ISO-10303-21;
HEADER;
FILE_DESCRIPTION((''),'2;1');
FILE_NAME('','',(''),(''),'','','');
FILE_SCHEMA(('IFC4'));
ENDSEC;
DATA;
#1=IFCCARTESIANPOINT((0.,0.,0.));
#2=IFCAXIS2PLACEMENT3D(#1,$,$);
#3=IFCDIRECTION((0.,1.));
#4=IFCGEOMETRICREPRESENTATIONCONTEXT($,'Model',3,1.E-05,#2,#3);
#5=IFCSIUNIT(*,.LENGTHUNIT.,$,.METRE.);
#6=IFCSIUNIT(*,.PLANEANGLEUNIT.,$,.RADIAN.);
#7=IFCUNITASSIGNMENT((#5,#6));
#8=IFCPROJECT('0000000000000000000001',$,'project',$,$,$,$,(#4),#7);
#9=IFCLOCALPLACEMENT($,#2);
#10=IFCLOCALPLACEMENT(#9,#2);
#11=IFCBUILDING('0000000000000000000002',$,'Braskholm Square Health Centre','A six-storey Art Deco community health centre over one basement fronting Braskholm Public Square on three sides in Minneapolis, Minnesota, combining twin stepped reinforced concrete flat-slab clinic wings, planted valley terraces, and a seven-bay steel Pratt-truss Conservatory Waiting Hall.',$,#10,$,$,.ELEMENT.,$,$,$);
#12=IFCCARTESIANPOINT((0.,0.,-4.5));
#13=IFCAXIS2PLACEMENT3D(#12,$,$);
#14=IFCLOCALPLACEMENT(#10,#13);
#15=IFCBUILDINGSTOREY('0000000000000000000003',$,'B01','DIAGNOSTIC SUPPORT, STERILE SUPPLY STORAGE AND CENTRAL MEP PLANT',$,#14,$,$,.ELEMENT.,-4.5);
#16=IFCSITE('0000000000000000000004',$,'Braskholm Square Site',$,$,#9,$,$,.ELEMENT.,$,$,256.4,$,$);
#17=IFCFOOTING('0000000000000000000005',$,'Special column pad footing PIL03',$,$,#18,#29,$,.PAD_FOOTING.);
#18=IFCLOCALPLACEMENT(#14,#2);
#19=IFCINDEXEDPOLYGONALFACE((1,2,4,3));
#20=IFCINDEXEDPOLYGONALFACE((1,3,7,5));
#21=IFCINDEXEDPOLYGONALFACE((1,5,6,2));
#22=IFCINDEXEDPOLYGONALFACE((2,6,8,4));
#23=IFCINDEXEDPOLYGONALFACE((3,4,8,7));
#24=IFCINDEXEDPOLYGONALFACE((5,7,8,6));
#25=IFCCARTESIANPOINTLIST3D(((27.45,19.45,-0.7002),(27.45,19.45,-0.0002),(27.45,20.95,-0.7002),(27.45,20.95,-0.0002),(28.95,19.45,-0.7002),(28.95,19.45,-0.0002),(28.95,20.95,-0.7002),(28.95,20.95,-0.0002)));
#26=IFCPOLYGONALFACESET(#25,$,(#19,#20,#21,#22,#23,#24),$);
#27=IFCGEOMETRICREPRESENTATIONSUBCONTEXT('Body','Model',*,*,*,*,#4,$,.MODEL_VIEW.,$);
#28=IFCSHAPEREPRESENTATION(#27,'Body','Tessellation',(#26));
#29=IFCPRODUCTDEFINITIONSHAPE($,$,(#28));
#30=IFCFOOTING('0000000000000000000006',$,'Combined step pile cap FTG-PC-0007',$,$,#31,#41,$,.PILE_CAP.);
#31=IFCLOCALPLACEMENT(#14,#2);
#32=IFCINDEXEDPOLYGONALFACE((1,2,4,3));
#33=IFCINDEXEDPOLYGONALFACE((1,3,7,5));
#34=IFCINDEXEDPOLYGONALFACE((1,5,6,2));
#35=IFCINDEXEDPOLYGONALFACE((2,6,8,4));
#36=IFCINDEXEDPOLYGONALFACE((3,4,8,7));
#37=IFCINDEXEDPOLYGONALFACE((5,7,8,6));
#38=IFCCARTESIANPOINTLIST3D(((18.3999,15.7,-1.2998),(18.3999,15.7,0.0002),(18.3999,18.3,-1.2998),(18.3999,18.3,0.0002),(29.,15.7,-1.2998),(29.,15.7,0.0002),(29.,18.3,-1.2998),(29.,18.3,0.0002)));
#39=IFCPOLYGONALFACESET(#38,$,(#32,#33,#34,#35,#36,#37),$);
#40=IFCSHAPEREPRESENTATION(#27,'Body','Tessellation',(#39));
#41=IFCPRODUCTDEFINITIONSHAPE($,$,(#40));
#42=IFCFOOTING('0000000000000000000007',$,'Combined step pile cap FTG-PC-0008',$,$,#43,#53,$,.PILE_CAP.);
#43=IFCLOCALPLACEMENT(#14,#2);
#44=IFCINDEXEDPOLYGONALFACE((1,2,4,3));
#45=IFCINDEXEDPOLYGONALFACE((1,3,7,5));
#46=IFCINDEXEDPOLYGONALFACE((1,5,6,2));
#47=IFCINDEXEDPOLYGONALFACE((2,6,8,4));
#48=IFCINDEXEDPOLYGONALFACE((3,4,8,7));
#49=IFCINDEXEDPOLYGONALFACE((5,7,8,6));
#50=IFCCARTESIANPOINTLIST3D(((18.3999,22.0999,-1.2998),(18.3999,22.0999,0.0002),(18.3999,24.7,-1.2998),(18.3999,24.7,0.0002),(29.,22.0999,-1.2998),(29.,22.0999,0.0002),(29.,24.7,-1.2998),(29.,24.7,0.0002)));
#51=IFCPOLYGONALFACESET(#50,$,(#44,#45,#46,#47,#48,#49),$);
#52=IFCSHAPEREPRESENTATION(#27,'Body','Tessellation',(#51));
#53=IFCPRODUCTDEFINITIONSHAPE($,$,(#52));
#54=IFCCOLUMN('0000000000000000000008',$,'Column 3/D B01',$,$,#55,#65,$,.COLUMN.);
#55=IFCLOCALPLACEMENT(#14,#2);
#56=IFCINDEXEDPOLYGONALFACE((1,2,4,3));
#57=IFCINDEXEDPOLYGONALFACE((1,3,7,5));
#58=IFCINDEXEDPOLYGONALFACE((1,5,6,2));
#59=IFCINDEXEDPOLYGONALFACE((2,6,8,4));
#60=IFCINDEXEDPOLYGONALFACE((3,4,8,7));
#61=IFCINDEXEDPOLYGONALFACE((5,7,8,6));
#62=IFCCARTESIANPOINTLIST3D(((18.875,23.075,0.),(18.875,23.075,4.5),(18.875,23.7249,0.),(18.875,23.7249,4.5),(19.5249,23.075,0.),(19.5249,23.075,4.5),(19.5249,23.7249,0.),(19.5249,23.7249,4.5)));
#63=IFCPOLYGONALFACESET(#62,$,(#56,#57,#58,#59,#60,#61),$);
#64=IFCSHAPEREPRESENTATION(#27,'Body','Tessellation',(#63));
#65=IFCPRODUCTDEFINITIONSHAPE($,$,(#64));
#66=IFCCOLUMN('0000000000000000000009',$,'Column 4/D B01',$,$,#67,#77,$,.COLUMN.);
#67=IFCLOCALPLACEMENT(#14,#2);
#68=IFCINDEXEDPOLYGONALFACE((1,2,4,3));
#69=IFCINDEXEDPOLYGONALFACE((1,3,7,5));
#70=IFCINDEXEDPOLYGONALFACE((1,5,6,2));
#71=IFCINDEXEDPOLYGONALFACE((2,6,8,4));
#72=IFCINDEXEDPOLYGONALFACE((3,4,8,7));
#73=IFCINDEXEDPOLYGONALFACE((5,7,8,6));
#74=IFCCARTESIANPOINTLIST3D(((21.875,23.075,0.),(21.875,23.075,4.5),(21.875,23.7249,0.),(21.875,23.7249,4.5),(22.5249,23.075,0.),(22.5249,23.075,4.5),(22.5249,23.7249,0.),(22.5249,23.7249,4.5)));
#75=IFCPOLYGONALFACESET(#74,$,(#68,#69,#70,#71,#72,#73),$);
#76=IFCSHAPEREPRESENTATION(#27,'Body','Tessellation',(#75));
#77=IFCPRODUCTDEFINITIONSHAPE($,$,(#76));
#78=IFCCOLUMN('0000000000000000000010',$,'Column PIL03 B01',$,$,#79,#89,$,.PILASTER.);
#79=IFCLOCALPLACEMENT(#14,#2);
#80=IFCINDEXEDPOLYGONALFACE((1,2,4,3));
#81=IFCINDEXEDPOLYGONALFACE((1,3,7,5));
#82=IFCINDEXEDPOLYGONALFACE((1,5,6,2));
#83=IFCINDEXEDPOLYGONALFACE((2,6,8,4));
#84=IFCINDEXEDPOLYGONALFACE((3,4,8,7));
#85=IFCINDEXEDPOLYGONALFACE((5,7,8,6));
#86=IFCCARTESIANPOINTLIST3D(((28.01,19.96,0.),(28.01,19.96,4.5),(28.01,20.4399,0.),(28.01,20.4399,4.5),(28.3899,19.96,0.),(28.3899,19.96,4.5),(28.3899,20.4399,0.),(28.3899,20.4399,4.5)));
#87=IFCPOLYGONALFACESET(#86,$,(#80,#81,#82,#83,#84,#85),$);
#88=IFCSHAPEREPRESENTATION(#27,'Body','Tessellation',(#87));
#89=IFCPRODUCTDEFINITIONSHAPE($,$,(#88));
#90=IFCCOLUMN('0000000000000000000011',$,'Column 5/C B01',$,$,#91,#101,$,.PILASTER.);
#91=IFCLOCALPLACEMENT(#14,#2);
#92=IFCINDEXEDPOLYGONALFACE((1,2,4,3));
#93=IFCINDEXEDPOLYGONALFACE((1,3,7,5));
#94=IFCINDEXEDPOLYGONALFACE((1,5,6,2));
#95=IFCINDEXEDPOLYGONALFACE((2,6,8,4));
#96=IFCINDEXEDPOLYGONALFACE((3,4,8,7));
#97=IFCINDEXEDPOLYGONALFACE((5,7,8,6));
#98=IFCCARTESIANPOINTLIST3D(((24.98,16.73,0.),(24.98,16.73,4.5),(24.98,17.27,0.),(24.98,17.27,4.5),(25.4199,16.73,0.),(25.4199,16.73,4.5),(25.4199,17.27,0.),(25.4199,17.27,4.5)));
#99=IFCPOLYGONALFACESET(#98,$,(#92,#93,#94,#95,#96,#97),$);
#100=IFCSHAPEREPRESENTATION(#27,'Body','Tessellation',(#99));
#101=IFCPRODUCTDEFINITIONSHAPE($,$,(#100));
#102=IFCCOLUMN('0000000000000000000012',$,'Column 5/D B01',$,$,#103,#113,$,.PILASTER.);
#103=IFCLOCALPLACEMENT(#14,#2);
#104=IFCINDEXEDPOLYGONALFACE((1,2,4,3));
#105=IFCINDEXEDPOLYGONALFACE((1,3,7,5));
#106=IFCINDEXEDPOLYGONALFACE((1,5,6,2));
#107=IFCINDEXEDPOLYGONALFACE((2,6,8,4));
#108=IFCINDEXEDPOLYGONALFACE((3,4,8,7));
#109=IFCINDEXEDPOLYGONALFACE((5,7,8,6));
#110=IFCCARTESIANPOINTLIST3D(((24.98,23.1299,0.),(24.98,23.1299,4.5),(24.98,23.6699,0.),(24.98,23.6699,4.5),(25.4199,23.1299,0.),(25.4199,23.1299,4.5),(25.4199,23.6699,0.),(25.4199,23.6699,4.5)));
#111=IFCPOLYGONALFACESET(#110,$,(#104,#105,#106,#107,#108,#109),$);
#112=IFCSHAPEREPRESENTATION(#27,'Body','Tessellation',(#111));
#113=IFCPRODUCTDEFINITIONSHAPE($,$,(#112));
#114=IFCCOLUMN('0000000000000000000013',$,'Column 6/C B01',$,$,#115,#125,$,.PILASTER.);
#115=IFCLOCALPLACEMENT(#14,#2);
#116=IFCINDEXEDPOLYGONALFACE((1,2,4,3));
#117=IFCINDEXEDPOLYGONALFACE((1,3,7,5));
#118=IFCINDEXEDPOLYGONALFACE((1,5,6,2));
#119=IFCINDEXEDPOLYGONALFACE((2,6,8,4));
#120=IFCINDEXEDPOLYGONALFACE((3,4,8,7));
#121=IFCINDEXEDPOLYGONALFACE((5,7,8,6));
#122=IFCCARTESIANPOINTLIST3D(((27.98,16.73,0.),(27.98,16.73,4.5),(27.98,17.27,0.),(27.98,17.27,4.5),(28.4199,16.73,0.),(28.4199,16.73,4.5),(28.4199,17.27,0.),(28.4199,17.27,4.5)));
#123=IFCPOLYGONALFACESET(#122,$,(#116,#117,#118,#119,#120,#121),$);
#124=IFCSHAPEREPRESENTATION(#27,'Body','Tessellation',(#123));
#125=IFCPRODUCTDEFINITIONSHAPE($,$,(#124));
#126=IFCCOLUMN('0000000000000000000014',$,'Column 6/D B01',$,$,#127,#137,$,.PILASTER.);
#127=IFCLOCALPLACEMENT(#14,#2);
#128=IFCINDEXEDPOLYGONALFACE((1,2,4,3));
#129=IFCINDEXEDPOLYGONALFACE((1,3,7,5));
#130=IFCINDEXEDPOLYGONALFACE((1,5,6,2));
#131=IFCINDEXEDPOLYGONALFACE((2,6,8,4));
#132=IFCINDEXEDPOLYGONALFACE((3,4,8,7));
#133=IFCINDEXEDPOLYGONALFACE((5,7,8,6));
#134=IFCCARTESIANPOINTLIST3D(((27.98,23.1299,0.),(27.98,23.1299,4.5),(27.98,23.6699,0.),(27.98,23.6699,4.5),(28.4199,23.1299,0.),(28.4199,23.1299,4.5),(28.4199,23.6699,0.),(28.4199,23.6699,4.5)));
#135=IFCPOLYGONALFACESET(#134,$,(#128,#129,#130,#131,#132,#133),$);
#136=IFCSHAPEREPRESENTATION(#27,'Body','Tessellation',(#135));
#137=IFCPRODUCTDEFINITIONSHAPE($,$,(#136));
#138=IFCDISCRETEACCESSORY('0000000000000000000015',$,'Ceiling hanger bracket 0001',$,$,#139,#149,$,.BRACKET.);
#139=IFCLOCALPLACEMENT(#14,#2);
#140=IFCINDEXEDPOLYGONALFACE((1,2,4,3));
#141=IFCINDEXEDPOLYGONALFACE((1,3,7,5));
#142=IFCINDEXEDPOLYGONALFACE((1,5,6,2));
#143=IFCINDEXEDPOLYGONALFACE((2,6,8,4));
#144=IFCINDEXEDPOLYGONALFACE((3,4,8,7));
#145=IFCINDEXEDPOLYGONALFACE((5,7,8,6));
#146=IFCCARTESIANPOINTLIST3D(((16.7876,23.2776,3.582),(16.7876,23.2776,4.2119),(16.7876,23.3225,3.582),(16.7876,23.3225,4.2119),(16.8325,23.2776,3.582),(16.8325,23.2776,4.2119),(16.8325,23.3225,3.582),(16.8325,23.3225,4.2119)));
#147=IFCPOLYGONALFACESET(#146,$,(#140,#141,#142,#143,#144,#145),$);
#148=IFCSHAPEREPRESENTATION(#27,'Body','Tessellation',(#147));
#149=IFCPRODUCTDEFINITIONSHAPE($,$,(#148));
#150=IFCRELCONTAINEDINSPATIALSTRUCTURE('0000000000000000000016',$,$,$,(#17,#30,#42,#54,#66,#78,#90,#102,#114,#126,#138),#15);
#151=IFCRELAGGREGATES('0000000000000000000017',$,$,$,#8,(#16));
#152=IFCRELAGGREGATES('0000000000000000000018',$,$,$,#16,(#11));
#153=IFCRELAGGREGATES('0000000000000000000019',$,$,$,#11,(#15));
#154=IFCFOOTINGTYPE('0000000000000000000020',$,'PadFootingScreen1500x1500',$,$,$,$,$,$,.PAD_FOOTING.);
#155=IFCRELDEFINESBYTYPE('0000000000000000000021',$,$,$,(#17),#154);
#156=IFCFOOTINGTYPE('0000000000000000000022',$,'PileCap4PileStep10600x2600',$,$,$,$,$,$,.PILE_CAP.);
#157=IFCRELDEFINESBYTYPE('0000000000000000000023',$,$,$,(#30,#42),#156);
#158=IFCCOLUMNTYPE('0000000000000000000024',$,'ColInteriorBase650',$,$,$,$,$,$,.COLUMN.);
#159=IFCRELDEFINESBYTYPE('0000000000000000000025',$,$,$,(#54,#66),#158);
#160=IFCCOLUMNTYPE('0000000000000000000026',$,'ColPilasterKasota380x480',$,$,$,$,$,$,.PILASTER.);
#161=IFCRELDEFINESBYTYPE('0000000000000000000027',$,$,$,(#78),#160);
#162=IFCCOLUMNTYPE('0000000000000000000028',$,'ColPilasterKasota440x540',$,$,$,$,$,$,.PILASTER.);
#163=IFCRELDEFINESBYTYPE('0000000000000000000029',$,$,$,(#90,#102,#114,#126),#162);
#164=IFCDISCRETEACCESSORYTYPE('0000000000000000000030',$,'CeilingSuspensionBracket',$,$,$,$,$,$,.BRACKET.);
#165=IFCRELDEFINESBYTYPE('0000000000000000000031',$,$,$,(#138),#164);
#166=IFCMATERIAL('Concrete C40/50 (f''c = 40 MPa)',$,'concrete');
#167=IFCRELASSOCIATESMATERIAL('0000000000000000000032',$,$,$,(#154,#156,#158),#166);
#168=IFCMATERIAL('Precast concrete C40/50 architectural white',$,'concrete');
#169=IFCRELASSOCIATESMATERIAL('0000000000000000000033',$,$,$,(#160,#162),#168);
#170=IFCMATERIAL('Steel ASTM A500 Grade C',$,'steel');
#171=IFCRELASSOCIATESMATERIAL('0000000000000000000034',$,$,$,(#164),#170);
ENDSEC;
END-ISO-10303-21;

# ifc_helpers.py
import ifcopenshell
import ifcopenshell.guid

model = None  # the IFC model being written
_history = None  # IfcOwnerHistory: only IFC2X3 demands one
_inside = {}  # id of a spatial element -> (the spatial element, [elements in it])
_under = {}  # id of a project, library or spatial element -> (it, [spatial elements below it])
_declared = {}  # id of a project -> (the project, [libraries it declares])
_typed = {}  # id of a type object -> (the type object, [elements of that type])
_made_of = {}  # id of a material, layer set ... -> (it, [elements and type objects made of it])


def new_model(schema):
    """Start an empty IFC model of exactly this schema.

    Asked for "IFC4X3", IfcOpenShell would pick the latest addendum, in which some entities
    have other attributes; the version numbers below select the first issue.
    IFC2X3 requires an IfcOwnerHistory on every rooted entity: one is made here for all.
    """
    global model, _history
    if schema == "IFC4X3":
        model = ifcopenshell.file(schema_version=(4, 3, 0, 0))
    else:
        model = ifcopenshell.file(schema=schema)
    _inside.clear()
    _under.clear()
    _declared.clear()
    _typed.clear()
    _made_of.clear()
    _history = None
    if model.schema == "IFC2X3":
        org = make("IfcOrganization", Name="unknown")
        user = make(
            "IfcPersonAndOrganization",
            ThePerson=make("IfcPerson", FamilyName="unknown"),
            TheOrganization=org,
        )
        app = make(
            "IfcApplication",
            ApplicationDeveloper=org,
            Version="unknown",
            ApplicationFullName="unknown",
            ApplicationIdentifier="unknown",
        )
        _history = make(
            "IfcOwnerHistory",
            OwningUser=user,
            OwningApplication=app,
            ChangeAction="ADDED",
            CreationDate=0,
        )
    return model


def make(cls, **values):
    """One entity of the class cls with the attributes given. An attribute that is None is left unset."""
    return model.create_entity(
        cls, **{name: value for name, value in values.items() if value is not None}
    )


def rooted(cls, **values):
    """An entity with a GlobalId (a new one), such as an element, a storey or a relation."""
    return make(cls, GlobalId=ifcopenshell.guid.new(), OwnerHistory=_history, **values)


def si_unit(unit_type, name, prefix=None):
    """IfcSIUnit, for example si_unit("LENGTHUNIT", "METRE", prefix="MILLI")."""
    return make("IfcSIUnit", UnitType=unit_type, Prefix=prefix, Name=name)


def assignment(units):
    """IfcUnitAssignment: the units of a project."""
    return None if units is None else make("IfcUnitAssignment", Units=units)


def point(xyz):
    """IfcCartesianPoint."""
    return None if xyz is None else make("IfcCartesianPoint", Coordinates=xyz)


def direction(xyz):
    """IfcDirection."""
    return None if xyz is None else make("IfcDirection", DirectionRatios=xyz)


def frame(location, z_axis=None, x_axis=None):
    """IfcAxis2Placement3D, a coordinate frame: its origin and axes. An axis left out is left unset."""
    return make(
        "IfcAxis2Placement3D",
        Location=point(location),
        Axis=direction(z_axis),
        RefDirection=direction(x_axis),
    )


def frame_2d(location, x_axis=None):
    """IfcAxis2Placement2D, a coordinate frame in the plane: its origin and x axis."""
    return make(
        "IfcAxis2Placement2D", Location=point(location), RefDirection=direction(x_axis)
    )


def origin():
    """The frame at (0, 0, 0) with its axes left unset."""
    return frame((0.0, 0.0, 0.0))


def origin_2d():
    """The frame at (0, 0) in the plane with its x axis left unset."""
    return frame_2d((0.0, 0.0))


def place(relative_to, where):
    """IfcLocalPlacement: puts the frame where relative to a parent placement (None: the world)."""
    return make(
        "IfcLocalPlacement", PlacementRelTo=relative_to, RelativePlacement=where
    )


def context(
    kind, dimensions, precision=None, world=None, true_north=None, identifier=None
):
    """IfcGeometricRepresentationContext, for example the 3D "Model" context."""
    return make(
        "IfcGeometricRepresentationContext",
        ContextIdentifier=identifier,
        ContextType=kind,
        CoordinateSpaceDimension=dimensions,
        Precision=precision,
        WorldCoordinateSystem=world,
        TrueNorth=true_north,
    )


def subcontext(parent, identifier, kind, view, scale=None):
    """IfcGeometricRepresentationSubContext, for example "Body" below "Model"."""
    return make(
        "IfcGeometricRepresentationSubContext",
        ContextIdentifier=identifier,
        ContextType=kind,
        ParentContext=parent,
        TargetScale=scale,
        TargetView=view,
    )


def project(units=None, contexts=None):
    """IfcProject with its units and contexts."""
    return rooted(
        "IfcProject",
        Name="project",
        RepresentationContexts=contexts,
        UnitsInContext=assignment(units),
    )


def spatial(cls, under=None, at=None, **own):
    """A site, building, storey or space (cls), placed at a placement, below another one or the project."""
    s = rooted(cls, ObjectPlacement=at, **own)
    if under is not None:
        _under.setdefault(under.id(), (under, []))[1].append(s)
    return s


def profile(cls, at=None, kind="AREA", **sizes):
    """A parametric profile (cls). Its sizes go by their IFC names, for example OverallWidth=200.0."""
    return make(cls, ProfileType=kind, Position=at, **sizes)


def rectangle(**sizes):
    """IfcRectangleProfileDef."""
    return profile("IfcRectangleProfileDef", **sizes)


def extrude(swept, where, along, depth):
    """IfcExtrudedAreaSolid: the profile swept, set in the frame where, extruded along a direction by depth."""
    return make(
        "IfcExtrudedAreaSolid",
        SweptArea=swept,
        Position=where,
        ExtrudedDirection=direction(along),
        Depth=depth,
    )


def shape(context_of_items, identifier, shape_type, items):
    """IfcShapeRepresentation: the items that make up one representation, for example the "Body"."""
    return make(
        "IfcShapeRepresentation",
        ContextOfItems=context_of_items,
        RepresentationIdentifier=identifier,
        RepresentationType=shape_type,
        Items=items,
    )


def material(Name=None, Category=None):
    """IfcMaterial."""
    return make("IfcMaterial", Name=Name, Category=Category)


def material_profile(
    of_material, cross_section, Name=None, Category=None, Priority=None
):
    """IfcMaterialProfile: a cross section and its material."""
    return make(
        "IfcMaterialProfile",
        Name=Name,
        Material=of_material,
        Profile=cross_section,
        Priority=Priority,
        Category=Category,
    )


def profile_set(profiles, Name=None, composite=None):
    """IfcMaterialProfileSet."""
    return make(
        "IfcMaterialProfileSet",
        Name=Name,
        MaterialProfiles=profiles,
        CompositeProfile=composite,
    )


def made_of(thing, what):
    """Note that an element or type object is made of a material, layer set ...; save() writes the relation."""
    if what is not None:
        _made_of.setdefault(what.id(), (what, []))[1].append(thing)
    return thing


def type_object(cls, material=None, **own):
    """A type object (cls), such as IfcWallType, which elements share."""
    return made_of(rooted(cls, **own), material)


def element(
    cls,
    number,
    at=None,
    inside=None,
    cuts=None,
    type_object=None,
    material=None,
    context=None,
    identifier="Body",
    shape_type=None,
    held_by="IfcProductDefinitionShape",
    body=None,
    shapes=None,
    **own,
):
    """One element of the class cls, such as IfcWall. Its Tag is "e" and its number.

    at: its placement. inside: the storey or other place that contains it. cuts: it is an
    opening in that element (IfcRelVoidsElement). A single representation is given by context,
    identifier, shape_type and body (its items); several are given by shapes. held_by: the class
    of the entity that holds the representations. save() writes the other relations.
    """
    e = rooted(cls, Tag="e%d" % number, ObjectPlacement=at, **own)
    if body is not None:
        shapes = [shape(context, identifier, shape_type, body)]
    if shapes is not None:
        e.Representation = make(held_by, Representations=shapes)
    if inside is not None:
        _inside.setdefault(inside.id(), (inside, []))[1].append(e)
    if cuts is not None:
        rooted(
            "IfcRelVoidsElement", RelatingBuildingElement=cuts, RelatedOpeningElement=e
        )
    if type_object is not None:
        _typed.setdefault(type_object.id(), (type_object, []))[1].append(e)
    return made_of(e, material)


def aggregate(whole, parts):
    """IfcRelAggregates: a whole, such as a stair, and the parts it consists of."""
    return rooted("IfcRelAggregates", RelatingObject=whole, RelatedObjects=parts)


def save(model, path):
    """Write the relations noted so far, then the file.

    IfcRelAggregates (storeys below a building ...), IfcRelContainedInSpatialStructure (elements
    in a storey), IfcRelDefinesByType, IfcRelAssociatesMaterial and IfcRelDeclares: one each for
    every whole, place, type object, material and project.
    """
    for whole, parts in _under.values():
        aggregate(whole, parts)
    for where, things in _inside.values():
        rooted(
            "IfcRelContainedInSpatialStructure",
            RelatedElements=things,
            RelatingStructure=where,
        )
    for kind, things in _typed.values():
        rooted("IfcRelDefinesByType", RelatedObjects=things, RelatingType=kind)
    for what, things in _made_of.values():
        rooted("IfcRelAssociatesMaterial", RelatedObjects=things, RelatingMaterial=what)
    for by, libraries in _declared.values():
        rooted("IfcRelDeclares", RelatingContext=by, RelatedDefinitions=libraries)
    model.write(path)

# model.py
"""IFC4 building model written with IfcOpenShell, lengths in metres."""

from ifc_helpers import new_model, si_unit, direction, frame, origin, origin_2d, place, context, subcontext, project, spatial, rectangle, extrude, material, material_profile, profile_set, type_object, element, save


model = new_model("IFC4")

# Units and contexts
model_context = context("Model", 3, precision=1e-05, world=origin(), true_north=direction((0.0, 1.0)))
body_context = subcontext(model_context, "Body", "Model", "MODEL_VIEW")
ifc_project = project(units=[si_unit("LENGTHUNIT", "METRE"), si_unit("PLANEANGLEUNIT", "RADIAN")], contexts=[model_context])

# Site, building, storey
site_placement = place(None, origin())
site = spatial("IfcSite", under=ifc_project, at=site_placement, Name="Braskholm Square Site", CompositionType="ELEMENT", RefElevation=256.4)
building_placement = place(site_placement, origin())
building = spatial("IfcBuilding", under=site, at=building_placement, Name="Braskholm Square Health Centre", Description="A six-storey Art Deco community health centre over one basement fronting Braskholm Public Square on three sides in Minneapolis, Minnesota, combining twin stepped reinforced concrete flat-slab clinic wings, planted valley terraces, and a seven-bay steel Pratt-truss Conservatory Waiting Hall.", CompositionType="ELEMENT")
storey_placement = place(building_placement, frame((0.0, 0.0, -4.5)))
storey = spatial("IfcBuildingStorey", under=building, at=storey_placement, Name="B01", Description="DIAGNOSTIC SUPPORT, STERILE SUPPLY STORAGE AND CENTRAL MEP PLANT", CompositionType="ELEMENT", Elevation=-4.5)

# Shared definitions
ifc_material_1 = material(Name="Concrete C40/50 (f'c = 40 MPa)", Category="concrete")

# Footings
footing_type_1 = type_object("IfcFootingType", Name="PadFootingScreen1500x1500", PredefinedType="PAD_FOOTING", material=ifc_material_1)
footing_1_placement = place(storey_placement, frame((28.2, 20.2, -0.7002), z_axis=(0.0, 0.0, 1.0), x_axis=(1.0, 0.0, 0.0)))
element("IfcFooting", 1, at=footing_1_placement, inside=storey, type_object=footing_type_1, Name="Special column pad footing PIL03", PredefinedType="PAD_FOOTING", context=body_context, shape_type="SweptSolid", body=[
    extrude(rectangle(XDim=1.5, YDim=1.5, at=origin_2d()), origin(), (0.0, 0.0, 1.0), 0.7),
])
footing_type_2 = type_object("IfcFootingType", Name="PileCap4PileStep10600x2600", PredefinedType="PILE_CAP", material=ifc_material_1)
for number, where, z_axis, x_axis, name in (
    (2, (23.7, 17.0, -1.2998), (0.0, 0.0, 1.0), (1.0, 0.0, 0.0), "Combined step pile cap FTG-PC-0007"),
    (3, (23.7, 23.3999, -1.2998), (0.0, 0.0, 1.0), (1.0, 0.0, 0.0), "Combined step pile cap FTG-PC-0008"),
):
    element("IfcFooting", number, at=place(storey_placement, frame(where, z_axis=z_axis, x_axis=x_axis)), inside=storey, type_object=footing_type_2, Name=name, PredefinedType="PILE_CAP", context=body_context, shape_type="SweptSolid", body=[
        extrude(rectangle(XDim=10.6001, YDim=2.6001, at=origin_2d()), origin(), (0.0, 0.0, 1.0), 1.3),
    ])

# Columns
ifc_material_profile_1 = material_profile(ifc_material_1, rectangle(XDim=0.6499, YDim=0.6499, at=origin_2d()), Name="RC-650X650")
ifc_profile_set_1 = profile_set([ifc_material_profile_1], Name="Concrete C40/50 (f'c = 40 MPa)")
column_type_1 = type_object("IfcColumnType", Name="ColInteriorBase650", PredefinedType="COLUMN", material=ifc_profile_set_1)
for number, where, z_axis, x_axis, name in (
    (4, (19.2, 23.3999, 0.0), (0.0, 0.0, 1.0), (1.0, 0.0, 0.0), "Column 3/D B01"),
    (5, (22.2, 23.3999, 0.0), (0.0, 0.0, 1.0), (1.0, 0.0, 0.0), "Column 4/D B01"),
):
    element("IfcColumn", number, at=place(storey_placement, frame(where, z_axis=z_axis, x_axis=x_axis)), inside=storey, type_object=column_type_1, Name=name, PredefinedType="COLUMN", context=body_context, shape_type="SweptSolid", body=[
        extrude(rectangle(XDim=0.6499, YDim=0.6499, at=origin_2d()), origin(), (0.0, 0.0, 1.0), 4.5),
    ])
ifc_material_2 = material(Name="Precast concrete C40/50 architectural white", Category="concrete")
ifc_material_profile_2 = material_profile(ifc_material_2, rectangle(XDim=0.3799, YDim=0.48, at=origin_2d()), Name="RC-380X480")
ifc_profile_set_2 = profile_set([ifc_material_profile_2], Name="Precast concrete C40/50 architectural white")
column_type_2 = type_object("IfcColumnType", Name="ColPilasterKasota380x480", PredefinedType="PILASTER", material=ifc_profile_set_2)
column_placement = place(storey_placement, frame((28.2, 20.2, 0.0), z_axis=(0.0, 0.0, 1.0), x_axis=(1.0, 0.0, 0.0)))
element("IfcColumn", 6, at=column_placement, inside=storey, type_object=column_type_2, Name="Column PIL03 B01", PredefinedType="PILASTER", context=body_context, shape_type="SweptSolid", body=[
    extrude(rectangle(XDim=0.3799, YDim=0.48, at=origin_2d()), origin(), (0.0, 0.0, 1.0), 4.5),
])
ifc_material_profile_3 = material_profile(ifc_material_2, rectangle(XDim=0.4399, YDim=0.54, at=origin_2d()), Name="RC-440X540")
ifc_profile_set_3 = profile_set([ifc_material_profile_3], Name="Precast concrete C40/50 architectural white")
column_type_3 = type_object("IfcColumnType", Name="ColPilasterKasota440x540", PredefinedType="PILASTER", material=ifc_profile_set_3)
for number, where, z_axis, x_axis, name in (
    (7, (25.2, 17.0, 0.0), (0.0, 0.0, 1.0), (1.0, 0.0, 0.0), "Column 5/C B01"),
    (8, (25.2, 23.3999, 0.0), (0.0, 0.0, 1.0), (1.0, 0.0, 0.0), "Column 5/D B01"),
    (9, (28.2, 17.0, 0.0), (0.0, 0.0, 1.0), (1.0, 0.0, 0.0), "Column 6/C B01"),
    (10, (28.2, 23.3999, 0.0), (0.0, 0.0, 1.0), (1.0, 0.0, 0.0), "Column 6/D B01"),
):
    element("IfcColumn", number, at=place(storey_placement, frame(where, z_axis=z_axis, x_axis=x_axis)), inside=storey, type_object=column_type_3, Name=name, PredefinedType="PILASTER", context=body_context, shape_type="SweptSolid", body=[
        extrude(rectangle(XDim=0.4399, YDim=0.54, at=origin_2d()), origin(), (0.0, 0.0, 1.0), 4.5),
    ])

# Discrete accessory
ifc_material_3 = material(Name="Steel ASTM A500 Grade C", Category="steel")
discrete_accessory_type = type_object("IfcDiscreteAccessoryType", Name="CeilingSuspensionBracket", PredefinedType="BRACKET", material=ifc_material_3)
discrete_accessory_placement = place(storey_placement, frame((16.8101, 23.3, 3.582), z_axis=(0.0, 0.0, 1.0), x_axis=(1.0, 0.0, 0.0)))
element("IfcDiscreteAccessory", 11, at=discrete_accessory_placement, inside=storey, type_object=discrete_accessory_type, Name="Ceiling hanger bracket 0001", PredefinedType="BRACKET", context=body_context, shape_type="SweptSolid", body=[
    extrude(rectangle(XDim=0.0449, YDim=0.0449, at=origin_2d()), origin(), (0.0, 0.0, 1.0), 0.6299),
])

save(model, "model.ifc")
